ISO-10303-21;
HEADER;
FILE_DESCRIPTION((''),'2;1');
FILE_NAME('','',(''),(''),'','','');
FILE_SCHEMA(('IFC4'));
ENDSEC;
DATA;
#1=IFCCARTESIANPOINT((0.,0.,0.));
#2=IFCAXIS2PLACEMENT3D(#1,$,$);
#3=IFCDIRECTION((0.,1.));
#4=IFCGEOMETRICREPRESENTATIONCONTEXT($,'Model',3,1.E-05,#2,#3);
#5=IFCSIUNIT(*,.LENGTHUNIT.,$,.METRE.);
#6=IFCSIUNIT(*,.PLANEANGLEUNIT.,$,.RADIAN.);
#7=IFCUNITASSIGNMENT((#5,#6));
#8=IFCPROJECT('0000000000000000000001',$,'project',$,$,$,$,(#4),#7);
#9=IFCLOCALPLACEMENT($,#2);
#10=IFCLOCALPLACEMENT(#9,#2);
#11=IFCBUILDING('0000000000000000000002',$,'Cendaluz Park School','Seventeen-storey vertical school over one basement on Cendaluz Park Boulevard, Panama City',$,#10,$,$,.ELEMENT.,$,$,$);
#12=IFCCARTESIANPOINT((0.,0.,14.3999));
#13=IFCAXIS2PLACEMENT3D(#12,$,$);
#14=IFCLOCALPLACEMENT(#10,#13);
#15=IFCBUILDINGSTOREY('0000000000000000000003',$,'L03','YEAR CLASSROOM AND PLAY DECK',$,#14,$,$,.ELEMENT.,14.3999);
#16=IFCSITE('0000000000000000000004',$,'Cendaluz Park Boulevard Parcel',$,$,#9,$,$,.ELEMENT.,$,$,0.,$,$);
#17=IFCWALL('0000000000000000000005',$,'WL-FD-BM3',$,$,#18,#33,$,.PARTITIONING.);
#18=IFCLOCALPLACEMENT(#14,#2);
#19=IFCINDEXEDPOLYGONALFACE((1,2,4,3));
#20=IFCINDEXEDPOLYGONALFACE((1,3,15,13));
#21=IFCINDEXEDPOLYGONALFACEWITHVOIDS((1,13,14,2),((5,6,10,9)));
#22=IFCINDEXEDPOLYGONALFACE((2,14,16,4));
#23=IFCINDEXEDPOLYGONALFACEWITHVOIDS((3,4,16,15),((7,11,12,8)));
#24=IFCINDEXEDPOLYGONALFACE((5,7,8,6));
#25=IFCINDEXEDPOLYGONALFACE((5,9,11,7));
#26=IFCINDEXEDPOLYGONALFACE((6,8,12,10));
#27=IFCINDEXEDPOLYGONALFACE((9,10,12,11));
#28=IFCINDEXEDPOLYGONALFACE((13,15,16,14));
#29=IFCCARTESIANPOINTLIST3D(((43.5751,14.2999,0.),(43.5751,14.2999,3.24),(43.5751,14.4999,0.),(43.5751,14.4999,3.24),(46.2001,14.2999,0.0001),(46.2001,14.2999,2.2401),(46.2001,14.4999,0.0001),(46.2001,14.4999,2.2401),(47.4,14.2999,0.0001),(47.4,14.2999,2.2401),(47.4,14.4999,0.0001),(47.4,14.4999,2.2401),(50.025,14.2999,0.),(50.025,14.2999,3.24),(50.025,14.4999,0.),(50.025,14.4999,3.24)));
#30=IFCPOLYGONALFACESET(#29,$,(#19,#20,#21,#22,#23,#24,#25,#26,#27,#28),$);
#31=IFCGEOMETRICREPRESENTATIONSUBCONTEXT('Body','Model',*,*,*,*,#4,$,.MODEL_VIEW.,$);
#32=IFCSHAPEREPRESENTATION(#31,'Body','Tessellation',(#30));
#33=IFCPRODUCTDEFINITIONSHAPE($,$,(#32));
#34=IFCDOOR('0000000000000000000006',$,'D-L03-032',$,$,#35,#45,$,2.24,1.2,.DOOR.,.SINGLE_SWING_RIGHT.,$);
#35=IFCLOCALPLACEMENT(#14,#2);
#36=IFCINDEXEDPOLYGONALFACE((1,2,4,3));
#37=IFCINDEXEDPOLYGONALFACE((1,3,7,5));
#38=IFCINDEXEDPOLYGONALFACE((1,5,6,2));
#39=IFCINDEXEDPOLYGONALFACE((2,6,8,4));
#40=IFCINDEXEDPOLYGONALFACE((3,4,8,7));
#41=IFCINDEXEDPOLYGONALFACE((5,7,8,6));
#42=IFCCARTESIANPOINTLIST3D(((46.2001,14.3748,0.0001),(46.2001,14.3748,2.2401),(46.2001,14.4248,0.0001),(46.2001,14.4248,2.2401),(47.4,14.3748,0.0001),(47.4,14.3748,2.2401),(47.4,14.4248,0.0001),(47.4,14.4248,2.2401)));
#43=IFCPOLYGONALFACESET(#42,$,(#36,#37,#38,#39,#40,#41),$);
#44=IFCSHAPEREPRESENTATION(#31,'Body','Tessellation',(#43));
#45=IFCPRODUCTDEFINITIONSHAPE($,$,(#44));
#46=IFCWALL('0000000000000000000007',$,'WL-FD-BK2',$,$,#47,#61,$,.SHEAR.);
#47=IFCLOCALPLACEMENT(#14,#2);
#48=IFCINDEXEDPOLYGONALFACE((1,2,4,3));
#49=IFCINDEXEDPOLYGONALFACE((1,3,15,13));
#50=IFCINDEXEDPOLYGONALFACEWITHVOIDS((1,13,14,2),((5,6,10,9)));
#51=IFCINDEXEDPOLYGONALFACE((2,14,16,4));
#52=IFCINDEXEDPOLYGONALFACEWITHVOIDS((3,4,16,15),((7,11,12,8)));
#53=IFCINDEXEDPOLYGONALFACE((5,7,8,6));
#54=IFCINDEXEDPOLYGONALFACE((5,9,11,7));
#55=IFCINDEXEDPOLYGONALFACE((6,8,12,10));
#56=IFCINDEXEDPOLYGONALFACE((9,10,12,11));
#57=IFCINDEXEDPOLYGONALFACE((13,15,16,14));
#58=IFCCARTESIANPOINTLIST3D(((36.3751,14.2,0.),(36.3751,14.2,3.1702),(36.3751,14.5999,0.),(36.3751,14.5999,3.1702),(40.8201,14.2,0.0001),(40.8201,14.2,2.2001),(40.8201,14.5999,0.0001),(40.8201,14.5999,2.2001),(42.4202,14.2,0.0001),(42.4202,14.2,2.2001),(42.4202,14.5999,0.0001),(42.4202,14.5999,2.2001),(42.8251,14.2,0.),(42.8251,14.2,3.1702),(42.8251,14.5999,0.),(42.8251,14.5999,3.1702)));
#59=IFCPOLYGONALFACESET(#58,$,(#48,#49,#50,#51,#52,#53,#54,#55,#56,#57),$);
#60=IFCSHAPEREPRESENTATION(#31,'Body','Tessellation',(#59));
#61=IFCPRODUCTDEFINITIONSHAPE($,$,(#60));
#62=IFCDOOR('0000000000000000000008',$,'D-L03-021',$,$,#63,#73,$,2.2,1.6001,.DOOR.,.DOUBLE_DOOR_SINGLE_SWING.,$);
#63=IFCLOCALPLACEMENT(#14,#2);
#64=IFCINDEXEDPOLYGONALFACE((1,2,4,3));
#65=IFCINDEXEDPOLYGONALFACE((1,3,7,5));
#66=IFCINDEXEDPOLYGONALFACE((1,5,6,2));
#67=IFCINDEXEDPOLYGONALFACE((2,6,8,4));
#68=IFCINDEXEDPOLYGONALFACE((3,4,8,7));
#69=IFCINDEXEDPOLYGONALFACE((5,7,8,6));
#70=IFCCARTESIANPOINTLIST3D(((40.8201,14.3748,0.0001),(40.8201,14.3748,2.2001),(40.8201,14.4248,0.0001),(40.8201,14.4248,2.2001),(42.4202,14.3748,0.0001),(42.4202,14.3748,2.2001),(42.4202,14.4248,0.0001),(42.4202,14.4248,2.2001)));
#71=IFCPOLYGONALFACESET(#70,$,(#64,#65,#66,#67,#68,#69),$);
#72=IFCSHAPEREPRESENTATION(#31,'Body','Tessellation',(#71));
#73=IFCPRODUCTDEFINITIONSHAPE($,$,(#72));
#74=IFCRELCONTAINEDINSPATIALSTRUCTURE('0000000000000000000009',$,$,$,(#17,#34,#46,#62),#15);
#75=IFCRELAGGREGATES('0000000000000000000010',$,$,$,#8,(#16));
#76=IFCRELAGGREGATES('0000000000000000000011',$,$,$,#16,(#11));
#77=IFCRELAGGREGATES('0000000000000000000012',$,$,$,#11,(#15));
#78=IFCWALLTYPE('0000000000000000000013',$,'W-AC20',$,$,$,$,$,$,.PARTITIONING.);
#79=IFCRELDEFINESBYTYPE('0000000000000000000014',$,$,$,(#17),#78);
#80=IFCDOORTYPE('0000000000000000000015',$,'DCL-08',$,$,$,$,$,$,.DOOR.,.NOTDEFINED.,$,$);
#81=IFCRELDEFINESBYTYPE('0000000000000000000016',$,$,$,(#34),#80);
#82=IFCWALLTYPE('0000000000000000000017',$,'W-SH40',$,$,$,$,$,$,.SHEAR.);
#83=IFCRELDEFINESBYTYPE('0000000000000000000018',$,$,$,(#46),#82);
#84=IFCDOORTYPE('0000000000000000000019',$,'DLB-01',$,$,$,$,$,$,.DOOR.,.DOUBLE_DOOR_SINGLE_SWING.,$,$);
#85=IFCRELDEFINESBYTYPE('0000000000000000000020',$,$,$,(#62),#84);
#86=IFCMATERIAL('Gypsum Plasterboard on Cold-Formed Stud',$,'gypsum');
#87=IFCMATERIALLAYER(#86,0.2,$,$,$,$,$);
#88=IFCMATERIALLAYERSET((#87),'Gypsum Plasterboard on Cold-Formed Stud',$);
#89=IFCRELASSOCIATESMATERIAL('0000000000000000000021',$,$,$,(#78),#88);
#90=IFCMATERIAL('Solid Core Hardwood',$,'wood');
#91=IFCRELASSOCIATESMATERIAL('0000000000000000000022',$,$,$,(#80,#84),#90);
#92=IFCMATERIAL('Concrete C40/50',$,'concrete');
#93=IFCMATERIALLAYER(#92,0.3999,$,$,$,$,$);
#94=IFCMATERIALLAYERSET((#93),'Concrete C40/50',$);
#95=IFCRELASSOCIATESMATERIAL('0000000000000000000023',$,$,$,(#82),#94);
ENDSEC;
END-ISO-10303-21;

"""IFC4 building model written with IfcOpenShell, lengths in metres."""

from ifc_helpers import new_model, si_unit, direction, frame, frame_2d, origin, place, context, subcontext, project, spatial, rectangle, extrude, material, layer, layer_set, type_object, element, fill, save


model = new_model("IFC4")

# Units and contexts
model_context = context("Model", 3, precision=1e-05, world=origin(), true_north=direction((0.0, 1.0)))
body_context = subcontext(model_context, "Body", "Model", "MODEL_VIEW")
ifc_project = project(units=[si_unit("LENGTHUNIT", "METRE"), si_unit("PLANEANGLEUNIT", "RADIAN")], contexts=[model_context])

# Site, building, storey
site_placement = place(None, origin())
site = spatial("IfcSite", under=ifc_project, at=site_placement, Name="Cendaluz Park Boulevard Parcel", CompositionType="ELEMENT", RefElevation=0.0)
building_placement = place(site_placement, origin())
building = spatial("IfcBuilding", under=site, at=building_placement, Name="Cendaluz Park School", Description="Seventeen-storey vertical school over one basement on Cendaluz Park Boulevard, Panama City", CompositionType="ELEMENT")
storey_placement = place(building_placement, frame((0.0, 0.0, 14.3999)))
storey = spatial("IfcBuildingStorey", under=building, at=storey_placement, Name="L03", Description="YEAR CLASSROOM AND PLAY DECK", CompositionType="ELEMENT", Elevation=14.3999)

# Shared definitions
ifc_material_1 = material(Name="Concrete C40/50", Category="concrete")

# Walls, openings, doors
ifc_material_2 = material(Name="Gypsum Plasterboard on Cold-Formed Stud", Category="gypsum")
ifc_layer_1 = layer(ifc_material_2, 0.2)
ifc_layer_set_1 = layer_set([ifc_layer_1], Name="Gypsum Plasterboard on Cold-Formed Stud")
wall_type_1 = type_object("IfcWallType", Name="W-AC20", PredefinedType="PARTITIONING", material=ifc_layer_set_1)
wall_1_placement = place(storey_placement, frame((43.575, 14.3999, 0.0), z_axis=(0.0, 0.0, 1.0), x_axis=(1.0, 0.0, 0.0)))
wall_1 = element("IfcWall", 1, at=wall_1_placement, inside=storey, type_object=wall_type_1, Name="WL-FD-BM3", PredefinedType="PARTITIONING", context=body_context, shape_type="SweptSolid", body=[
    extrude(rectangle(XDim=6.45, YDim=0.2, at=frame_2d((3.2251, 0.0))), origin(), (0.0, 0.0, 1.0), 3.24),
])
opening_1_placement = place(wall_1_placement, frame((2.625, 0.0, 0.0)))
opening_1 = element("IfcOpeningElement", 2, at=opening_1_placement, cuts=wall_1, PredefinedType="OPENING", context=body_context, shape_type="SweptSolid", body=[
    extrude(rectangle(XDim=1.2, YDim=2.24, at=frame_2d((0.6001, 1.1201))), frame((0.0, 0.1121, 0.0), z_axis=(0.0, -1.0, 0.0), x_axis=(1.0, 0.0, 0.0)), (0.0, 0.0, 1.0), 0.2239),
])
ifc_material_3 = material(Name="Solid Core Hardwood", Category="wood")
door_type_1 = type_object("IfcDoorType", Name="DCL-08", OperationType="NOTDEFINED", PredefinedType="DOOR", material=ifc_material_3)
door_1_placement = place(opening_1_placement, origin())
door_1 = element("IfcDoor", 3, at=door_1_placement, inside=storey, type_object=door_type_1, Name="D-L03-032", OperationType="SINGLE_SWING_RIGHT", OverallHeight=2.24, OverallWidth=1.2, PredefinedType="DOOR", context=body_context, shape_type="SweptSolid", body=[
    extrude(rectangle(XDim=1.2, YDim=2.24, at=frame_2d((0.6001, 1.1201))), frame((0.0, 0.0249, 0.0), z_axis=(0.0, -1.0, 0.0), x_axis=(1.0, 0.0, 0.0)), (0.0, 0.0, 1.0), 0.05),
])
fill(opening_1, door_1)
ifc_layer_2 = layer(ifc_material_1, 0.3999)
ifc_layer_set_2 = layer_set([ifc_layer_2], Name="Concrete C40/50")
wall_type_2 = type_object("IfcWallType", Name="W-SH40", PredefinedType="SHEAR", material=ifc_layer_set_2)
wall_2_placement = place(storey_placement, frame((36.375, 14.3999, 0.0), z_axis=(0.0, 0.0, 1.0), x_axis=(1.0, 0.0, 0.0)))
wall_2 = element("IfcWall", 4, at=wall_2_placement, inside=storey, type_object=wall_type_2, Name="WL-FD-BK2", PredefinedType="SHEAR", context=body_context, shape_type="SweptSolid", body=[
    extrude(rectangle(XDim=6.45, YDim=0.3999, at=frame_2d((3.2251, 0.0))), origin(), (0.0, 0.0, 1.0), 3.1702),
])
opening_2_placement = place(wall_2_placement, frame((4.4451, 0.0, 0.0)))
opening_2 = element("IfcOpeningElement", 5, at=opening_2_placement, cuts=wall_2, PredefinedType="OPENING", context=body_context, shape_type="SweptSolid", body=[
    extrude(rectangle(XDim=1.6001, YDim=2.2, at=frame_2d((0.8, 1.1001))), frame((0.0, 0.2119, 0.0), z_axis=(0.0, -1.0, 0.0), x_axis=(1.0, 0.0, 0.0)), (0.0, 0.0, 1.0), 0.4238),
])
door_type_2 = type_object("IfcDoorType", Name="DLB-01", OperationType="DOUBLE_DOOR_SINGLE_SWING", PredefinedType="DOOR", material=ifc_material_3)
door_2_placement = place(opening_2_placement, origin())
door_2 = element("IfcDoor", 6, at=door_2_placement, inside=storey, type_object=door_type_2, Name="D-L03-021", OperationType="DOUBLE_DOOR_SINGLE_SWING", OverallHeight=2.2, OverallWidth=1.6001, PredefinedType="DOOR", context=body_context, shape_type="SweptSolid", body=[
    extrude(rectangle(XDim=1.6001, YDim=2.2, at=frame_2d((0.8, 1.1001))), frame((0.0, 0.0249, 0.0), z_axis=(0.0, -1.0, 0.0), x_axis=(1.0, 0.0, 0.0)), (0.0, 0.0, 1.0), 0.05),
])
fill(opening_2, door_2)

save(model, "model.ifc")
